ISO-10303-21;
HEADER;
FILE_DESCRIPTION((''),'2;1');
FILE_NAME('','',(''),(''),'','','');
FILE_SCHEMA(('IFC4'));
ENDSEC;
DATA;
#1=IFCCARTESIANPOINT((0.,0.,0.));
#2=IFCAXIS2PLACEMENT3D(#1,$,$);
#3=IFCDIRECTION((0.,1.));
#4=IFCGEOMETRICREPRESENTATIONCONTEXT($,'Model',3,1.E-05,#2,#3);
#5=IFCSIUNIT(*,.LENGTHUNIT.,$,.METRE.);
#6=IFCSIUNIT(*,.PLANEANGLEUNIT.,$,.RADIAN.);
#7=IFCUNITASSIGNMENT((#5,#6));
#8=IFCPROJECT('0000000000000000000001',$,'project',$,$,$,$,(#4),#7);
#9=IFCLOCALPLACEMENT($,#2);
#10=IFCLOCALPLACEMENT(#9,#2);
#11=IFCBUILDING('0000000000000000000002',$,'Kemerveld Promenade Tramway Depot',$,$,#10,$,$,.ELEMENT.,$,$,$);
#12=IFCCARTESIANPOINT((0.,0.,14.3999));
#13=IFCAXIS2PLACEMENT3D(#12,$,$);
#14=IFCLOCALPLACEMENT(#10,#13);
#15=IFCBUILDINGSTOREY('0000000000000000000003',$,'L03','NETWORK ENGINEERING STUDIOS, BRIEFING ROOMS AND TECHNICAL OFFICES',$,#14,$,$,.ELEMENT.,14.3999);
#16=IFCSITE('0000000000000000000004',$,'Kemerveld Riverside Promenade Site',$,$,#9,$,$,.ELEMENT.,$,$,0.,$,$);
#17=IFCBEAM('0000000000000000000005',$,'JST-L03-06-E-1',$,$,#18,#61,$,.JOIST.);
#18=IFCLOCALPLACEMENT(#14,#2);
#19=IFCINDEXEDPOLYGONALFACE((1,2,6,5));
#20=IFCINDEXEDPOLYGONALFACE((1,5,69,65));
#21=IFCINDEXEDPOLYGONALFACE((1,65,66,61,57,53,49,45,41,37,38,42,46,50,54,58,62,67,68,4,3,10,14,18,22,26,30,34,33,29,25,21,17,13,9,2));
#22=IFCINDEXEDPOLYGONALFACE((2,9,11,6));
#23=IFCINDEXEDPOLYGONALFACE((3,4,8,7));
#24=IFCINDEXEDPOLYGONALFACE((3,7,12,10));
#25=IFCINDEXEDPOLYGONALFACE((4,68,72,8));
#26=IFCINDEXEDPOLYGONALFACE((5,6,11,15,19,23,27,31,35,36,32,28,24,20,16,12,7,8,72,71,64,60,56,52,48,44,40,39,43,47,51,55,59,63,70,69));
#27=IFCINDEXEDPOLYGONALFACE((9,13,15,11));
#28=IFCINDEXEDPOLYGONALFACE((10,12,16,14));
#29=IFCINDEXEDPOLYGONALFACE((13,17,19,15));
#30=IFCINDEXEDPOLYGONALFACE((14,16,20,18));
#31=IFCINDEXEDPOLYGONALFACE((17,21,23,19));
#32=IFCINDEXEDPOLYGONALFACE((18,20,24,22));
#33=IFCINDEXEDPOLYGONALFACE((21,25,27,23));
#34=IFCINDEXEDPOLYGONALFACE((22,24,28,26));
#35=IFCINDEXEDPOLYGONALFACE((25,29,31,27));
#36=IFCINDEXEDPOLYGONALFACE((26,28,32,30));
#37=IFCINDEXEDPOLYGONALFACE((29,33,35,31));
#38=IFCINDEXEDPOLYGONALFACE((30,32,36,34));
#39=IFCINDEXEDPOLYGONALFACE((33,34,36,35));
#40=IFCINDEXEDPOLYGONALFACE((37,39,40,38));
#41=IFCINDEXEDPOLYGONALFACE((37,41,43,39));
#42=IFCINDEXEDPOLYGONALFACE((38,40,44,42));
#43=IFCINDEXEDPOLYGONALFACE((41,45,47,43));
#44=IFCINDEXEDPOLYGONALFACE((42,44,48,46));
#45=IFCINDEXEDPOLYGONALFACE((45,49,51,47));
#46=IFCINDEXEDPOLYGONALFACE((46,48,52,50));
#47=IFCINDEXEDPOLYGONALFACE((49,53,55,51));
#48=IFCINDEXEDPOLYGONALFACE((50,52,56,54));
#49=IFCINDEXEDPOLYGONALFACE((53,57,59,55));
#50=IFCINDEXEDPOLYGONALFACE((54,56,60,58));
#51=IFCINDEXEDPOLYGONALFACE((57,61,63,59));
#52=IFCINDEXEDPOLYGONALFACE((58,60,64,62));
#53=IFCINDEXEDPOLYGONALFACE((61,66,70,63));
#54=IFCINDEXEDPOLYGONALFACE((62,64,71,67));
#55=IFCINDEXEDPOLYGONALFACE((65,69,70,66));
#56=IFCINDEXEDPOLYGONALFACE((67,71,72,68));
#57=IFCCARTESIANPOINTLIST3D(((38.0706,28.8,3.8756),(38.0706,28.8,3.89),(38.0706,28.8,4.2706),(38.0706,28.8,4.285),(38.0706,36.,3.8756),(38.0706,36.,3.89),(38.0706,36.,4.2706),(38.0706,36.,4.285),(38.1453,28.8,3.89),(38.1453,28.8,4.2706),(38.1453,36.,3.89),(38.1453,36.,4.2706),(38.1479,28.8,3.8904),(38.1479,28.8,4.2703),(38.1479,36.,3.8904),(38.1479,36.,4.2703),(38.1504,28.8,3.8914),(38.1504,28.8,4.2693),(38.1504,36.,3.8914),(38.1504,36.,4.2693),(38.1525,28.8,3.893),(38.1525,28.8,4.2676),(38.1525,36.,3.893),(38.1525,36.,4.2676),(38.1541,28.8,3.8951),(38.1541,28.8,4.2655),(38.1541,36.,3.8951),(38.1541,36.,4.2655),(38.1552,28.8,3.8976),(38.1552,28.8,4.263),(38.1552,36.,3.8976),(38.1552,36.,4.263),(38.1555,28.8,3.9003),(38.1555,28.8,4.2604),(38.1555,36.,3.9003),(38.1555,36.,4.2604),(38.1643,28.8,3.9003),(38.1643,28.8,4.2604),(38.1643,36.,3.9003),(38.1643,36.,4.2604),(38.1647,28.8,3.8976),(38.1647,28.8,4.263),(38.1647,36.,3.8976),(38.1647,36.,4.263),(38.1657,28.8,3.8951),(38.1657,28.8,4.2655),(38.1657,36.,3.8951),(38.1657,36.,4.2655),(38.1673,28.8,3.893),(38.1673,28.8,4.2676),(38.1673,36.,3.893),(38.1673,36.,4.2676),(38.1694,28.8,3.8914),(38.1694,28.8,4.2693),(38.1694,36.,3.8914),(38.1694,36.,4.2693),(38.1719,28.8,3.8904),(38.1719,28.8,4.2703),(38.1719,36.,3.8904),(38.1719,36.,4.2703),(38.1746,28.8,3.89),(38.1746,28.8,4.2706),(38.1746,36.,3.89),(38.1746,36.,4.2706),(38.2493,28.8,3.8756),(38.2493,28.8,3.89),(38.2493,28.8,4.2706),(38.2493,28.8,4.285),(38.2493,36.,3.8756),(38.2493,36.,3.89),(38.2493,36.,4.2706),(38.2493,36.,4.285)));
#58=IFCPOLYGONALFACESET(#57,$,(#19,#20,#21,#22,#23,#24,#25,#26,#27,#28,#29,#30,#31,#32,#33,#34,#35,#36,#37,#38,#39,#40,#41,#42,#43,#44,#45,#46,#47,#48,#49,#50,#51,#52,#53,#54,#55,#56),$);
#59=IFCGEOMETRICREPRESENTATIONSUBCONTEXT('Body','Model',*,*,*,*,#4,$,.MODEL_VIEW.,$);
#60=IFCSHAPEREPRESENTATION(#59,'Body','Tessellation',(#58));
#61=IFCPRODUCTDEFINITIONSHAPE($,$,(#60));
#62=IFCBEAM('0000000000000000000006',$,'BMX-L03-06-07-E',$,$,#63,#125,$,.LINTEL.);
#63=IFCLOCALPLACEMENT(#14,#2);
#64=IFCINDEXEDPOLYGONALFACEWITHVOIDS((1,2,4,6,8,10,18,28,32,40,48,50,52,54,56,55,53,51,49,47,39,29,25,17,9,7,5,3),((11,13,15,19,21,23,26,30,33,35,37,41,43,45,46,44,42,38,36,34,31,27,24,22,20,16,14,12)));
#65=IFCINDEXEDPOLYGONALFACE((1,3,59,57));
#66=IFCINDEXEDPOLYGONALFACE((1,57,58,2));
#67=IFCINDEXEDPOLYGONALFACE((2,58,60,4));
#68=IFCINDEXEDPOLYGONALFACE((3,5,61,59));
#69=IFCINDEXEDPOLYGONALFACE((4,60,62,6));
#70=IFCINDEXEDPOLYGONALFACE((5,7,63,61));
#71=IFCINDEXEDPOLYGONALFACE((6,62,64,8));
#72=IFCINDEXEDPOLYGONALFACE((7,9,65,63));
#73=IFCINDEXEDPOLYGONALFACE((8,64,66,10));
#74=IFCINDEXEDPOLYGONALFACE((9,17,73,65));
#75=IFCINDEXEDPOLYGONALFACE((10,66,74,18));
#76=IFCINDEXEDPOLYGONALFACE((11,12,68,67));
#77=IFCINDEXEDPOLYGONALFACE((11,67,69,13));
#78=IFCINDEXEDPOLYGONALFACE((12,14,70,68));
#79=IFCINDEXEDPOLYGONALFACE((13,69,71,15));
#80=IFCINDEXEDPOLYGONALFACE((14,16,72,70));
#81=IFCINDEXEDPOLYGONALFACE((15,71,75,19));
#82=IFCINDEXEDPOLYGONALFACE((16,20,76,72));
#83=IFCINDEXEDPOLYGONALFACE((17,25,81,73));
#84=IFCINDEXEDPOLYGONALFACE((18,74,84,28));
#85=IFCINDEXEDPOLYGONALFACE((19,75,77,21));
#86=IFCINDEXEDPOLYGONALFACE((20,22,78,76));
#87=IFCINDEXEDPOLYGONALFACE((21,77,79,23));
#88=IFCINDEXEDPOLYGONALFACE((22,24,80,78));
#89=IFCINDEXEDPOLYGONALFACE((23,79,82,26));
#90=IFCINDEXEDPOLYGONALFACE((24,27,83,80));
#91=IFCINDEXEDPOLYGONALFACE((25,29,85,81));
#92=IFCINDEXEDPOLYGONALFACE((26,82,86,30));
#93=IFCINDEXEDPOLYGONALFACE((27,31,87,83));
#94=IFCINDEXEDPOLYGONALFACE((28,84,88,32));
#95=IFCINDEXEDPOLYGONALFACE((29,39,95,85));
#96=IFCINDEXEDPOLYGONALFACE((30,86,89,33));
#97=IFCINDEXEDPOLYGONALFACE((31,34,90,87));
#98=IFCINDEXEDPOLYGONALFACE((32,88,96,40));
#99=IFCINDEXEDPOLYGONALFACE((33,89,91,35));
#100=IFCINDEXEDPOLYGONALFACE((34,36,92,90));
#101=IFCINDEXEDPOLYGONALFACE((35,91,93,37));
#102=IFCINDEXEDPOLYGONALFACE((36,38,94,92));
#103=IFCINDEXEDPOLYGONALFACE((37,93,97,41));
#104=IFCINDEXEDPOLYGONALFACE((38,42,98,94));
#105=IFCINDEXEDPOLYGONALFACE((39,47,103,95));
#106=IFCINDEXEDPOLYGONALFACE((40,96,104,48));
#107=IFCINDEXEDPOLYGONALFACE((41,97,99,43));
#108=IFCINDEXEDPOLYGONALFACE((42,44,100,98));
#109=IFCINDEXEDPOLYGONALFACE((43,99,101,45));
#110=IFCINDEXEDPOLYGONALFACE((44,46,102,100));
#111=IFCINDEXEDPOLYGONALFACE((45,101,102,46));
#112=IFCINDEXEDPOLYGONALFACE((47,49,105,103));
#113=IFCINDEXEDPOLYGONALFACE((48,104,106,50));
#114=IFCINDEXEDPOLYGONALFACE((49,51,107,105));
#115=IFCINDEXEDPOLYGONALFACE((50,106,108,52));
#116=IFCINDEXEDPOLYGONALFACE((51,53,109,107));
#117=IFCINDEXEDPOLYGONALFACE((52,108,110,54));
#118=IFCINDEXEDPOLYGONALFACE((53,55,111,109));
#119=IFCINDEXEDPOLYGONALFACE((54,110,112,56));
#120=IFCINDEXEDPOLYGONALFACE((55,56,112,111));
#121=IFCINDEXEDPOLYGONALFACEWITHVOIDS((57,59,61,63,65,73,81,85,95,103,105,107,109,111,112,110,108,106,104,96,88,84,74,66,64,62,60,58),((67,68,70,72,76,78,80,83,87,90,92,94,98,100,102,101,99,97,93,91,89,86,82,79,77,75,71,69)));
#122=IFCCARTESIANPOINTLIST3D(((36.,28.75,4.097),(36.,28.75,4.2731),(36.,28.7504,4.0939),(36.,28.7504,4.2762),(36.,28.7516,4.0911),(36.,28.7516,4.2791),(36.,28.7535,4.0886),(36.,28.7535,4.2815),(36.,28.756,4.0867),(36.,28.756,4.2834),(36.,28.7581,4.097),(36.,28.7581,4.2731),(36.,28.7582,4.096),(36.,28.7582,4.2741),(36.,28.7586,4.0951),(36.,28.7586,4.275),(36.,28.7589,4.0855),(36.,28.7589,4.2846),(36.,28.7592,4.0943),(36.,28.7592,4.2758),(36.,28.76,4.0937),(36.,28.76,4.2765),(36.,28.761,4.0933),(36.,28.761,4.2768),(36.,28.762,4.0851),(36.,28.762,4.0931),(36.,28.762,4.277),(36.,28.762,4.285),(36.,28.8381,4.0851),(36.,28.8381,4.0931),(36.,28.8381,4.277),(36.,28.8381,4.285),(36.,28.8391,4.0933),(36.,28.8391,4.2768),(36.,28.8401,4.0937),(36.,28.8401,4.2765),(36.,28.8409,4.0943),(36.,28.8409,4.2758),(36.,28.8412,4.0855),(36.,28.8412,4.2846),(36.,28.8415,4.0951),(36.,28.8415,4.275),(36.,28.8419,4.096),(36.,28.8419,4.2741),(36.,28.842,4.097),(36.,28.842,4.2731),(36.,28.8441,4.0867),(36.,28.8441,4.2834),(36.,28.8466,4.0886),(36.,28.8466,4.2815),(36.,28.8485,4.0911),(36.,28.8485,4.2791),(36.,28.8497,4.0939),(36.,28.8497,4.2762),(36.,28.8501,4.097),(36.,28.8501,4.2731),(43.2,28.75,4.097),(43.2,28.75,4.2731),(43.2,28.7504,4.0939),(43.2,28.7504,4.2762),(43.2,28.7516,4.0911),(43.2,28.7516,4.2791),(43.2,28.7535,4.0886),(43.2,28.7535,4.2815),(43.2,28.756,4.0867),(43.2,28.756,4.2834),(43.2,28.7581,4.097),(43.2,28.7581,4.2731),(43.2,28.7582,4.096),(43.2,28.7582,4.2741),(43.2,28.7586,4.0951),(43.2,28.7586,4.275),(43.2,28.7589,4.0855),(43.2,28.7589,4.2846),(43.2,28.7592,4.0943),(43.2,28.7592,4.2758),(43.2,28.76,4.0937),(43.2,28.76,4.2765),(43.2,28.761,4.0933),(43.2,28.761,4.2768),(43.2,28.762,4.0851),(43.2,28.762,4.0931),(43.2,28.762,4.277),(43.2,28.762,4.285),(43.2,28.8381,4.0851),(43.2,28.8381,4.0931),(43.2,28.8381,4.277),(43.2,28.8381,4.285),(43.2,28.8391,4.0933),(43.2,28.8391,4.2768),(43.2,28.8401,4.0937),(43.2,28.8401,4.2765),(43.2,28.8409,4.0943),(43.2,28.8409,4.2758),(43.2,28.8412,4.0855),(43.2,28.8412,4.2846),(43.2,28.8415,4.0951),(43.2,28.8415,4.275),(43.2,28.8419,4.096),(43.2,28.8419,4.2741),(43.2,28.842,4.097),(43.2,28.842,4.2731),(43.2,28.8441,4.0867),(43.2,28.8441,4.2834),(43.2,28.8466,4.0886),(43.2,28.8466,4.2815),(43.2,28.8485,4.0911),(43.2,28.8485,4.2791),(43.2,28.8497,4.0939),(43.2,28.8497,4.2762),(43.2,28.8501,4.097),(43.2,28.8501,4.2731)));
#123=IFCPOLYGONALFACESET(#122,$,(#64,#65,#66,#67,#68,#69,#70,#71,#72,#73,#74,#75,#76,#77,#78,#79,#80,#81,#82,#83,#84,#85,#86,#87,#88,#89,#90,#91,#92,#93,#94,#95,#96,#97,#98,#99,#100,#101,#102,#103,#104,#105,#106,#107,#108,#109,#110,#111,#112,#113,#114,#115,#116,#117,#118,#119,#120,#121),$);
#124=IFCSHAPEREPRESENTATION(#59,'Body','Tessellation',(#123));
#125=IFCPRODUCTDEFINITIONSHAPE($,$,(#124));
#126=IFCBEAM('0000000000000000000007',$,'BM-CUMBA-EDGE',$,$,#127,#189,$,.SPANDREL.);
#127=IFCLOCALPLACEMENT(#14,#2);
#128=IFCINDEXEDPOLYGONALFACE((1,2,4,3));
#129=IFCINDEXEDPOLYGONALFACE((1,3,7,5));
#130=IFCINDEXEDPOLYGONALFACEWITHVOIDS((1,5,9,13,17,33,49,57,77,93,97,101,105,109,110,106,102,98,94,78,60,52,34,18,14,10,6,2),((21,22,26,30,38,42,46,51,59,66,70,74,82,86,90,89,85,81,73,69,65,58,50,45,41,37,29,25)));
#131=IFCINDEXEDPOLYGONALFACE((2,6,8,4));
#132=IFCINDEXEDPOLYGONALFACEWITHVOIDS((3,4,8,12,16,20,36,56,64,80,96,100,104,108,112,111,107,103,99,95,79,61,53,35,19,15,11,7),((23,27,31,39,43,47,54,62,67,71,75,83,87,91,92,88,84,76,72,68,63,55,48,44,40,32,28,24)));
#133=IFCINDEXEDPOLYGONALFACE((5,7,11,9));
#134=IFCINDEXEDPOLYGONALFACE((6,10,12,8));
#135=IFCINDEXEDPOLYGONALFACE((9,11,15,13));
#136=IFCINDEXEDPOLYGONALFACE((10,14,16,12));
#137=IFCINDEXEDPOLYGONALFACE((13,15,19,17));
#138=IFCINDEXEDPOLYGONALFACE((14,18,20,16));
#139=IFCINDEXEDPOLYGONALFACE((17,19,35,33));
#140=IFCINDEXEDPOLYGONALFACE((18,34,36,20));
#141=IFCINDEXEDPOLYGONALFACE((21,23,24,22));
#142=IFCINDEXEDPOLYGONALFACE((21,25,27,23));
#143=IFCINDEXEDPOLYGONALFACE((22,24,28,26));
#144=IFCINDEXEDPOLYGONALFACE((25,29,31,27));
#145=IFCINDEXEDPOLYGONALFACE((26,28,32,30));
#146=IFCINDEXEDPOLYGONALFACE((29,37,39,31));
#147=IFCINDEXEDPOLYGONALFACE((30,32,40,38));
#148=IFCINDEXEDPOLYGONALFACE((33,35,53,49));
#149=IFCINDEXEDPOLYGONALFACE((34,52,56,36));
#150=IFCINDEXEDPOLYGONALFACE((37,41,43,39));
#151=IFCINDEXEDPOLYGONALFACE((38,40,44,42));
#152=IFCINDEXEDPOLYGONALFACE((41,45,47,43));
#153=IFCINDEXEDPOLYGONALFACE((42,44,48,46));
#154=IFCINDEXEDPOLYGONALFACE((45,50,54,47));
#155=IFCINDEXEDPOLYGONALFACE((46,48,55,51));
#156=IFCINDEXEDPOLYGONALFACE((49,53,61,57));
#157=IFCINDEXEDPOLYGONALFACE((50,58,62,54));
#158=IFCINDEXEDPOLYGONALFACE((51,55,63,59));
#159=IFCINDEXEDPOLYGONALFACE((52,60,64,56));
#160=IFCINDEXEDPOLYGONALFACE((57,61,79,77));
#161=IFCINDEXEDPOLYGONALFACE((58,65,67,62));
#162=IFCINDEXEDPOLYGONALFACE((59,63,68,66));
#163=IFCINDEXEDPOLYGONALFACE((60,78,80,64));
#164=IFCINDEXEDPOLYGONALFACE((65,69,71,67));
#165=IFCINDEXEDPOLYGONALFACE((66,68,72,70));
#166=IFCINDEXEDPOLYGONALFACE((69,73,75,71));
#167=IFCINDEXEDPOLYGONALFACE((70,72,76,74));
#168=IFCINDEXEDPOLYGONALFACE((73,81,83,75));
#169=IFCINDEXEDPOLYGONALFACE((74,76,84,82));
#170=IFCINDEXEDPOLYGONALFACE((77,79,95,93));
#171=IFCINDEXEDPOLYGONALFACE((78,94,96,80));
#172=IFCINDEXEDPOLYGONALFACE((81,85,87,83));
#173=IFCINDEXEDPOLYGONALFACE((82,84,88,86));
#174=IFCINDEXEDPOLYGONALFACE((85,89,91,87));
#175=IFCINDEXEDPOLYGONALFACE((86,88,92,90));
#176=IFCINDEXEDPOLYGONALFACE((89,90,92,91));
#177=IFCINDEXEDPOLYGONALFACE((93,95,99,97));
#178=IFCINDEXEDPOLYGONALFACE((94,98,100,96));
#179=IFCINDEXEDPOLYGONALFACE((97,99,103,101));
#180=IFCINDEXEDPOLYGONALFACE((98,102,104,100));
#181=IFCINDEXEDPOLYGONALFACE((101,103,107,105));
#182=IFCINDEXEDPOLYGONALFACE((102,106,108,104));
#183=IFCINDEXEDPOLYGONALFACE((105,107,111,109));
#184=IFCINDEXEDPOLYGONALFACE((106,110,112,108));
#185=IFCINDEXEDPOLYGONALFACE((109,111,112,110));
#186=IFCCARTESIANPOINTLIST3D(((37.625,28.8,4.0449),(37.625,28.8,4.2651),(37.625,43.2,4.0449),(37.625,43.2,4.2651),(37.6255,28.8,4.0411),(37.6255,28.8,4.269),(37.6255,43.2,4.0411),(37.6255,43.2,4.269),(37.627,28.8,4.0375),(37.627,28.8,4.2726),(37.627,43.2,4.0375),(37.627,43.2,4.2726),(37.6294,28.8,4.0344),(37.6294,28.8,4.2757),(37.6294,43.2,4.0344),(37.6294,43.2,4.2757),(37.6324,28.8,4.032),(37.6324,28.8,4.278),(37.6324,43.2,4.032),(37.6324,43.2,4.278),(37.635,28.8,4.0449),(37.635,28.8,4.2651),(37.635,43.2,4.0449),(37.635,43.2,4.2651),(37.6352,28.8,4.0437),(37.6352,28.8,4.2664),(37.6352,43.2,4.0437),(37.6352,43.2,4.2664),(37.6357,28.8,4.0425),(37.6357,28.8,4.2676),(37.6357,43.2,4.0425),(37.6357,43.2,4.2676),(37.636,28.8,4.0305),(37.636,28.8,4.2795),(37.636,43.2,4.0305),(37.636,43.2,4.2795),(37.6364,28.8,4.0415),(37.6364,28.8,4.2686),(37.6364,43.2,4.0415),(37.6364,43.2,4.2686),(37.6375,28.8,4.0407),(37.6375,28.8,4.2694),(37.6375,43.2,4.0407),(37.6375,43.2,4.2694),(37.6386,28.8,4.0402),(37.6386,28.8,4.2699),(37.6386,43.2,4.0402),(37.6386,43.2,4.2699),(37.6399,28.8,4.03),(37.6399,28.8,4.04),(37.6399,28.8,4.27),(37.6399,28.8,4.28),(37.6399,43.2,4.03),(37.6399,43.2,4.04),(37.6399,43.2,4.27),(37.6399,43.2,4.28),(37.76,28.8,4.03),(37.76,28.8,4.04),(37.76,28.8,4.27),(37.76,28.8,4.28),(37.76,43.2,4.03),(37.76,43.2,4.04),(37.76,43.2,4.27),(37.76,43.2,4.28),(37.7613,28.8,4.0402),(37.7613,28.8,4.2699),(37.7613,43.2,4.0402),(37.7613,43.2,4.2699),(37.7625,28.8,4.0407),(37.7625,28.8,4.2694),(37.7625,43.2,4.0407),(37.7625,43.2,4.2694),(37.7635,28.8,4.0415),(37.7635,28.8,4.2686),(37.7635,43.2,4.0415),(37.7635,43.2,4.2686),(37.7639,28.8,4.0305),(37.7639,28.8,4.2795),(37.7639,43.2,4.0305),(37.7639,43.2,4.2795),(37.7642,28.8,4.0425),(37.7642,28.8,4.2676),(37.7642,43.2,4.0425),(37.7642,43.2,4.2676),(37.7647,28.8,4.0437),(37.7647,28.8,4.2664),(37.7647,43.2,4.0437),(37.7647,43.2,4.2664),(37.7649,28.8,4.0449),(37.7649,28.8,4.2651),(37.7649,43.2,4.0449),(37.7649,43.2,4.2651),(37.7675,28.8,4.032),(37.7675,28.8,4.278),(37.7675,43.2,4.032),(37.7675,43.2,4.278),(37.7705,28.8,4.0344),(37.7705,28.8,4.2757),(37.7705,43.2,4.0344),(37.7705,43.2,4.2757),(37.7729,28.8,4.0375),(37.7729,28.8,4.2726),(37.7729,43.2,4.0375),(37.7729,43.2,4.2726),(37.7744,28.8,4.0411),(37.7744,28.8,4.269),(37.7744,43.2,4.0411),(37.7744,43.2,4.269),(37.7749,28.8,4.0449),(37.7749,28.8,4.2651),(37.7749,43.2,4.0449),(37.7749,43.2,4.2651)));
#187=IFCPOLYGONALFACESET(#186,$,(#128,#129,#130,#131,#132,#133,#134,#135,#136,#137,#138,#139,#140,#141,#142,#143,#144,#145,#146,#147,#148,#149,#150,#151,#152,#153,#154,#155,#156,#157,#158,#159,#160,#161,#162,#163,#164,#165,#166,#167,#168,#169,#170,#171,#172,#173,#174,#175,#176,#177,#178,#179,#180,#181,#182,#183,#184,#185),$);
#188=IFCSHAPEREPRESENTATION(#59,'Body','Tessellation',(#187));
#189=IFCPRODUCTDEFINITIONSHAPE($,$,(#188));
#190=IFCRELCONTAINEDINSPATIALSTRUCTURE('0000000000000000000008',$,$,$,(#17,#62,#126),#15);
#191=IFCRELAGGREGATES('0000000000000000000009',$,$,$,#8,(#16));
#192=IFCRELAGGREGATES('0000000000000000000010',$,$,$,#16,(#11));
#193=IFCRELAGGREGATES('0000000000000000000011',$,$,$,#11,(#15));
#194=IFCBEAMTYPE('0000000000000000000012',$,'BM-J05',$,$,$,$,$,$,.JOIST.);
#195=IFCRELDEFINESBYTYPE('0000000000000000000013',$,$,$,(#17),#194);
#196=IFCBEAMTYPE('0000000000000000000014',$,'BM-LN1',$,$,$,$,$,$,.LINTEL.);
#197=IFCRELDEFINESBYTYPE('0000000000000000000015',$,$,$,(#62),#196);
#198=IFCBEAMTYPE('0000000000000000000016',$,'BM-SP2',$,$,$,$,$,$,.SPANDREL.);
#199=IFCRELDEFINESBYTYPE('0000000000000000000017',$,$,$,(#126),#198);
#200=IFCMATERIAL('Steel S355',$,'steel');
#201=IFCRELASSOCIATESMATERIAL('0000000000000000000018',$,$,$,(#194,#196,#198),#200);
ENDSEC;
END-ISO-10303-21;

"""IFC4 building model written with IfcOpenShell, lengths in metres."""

from ifc_helpers import new_model, si_unit, direction, frame, origin, origin_2d, place, context, subcontext, project, spatial, hollow_rectangle, i_section, extrude, material, material_profile, profile_set, type_object, element, save


model = new_model("IFC4")

# Units and contexts
model_context = context("Model", 3, precision=1e-05, world=origin(), true_north=direction((0.0, 1.0)))
body_context = subcontext(model_context, "Body", "Model", "MODEL_VIEW")
ifc_project = project(units=[si_unit("LENGTHUNIT", "METRE"), si_unit("PLANEANGLEUNIT", "RADIAN")], contexts=[model_context])

# Site, building, storey
site_placement = place(None, origin())
site = spatial("IfcSite", under=ifc_project, at=site_placement, Name="Kemerveld Riverside Promenade Site", CompositionType="ELEMENT", RefElevation=0.0)
building_placement = place(site_placement, origin())
building = spatial("IfcBuilding", under=site, at=building_placement, Name="Kemerveld Promenade Tramway Depot", CompositionType="ELEMENT")
storey_placement = place(building_placement, frame((0.0, 0.0, 14.3999)))
storey = spatial("IfcBuildingStorey", under=building, at=storey_placement, Name="L03", Description="NETWORK ENGINEERING STUDIOS, BRIEFING ROOMS AND TECHNICAL OFFICES", CompositionType="ELEMENT", Elevation=14.3999)

# Shared definitions
ifc_material = material(Name="Steel S355", Category="steel")

# Beams
ifc_material_profile_1 = material_profile(ifc_material, i_section(OverallWidth=0.1787, OverallDepth=0.4094, WebThickness=0.0088, FlangeThickness=0.0144, FilletRadius=0.0103, at=origin_2d()), Name="406x178x67 UB")
ifc_profile_set_1 = profile_set([ifc_material_profile_1], Name="Steel S355")
beam_type_1 = type_object("IfcBeamType", Name="BM-J05", PredefinedType="JOIST", material=ifc_profile_set_1)
beam_1_placement = place(storey_placement, frame((38.1599, 28.8, 4.0803), z_axis=(0.0, 1.0, 0.0), x_axis=(-1.0, 0.0, 0.0)))
element("IfcBeam", 1, at=beam_1_placement, inside=storey, type_object=beam_type_1, Name="JST-L03-06-E-1", PredefinedType="JOIST", context=body_context, shape_type="SweptSolid", body=[
    extrude(i_section(OverallWidth=0.1787, OverallDepth=0.4094, WebThickness=0.0088, FlangeThickness=0.0144, FilletRadius=0.0103, at=origin_2d()), origin(), (0.0, 0.0, 1.0), 7.2),
])
ifc_material_profile_2 = material_profile(ifc_material, hollow_rectangle(XDim=0.1001, YDim=0.2, WallThickness=0.0081, InnerFilletRadius=0.0039, OuterFilletRadius=0.012, at=origin_2d()), Name="200x100x8.0 RHS")
ifc_profile_set_2 = profile_set([ifc_material_profile_2], Name="Steel S355")
beam_type_2 = type_object("IfcBeamType", Name="BM-LN1", PredefinedType="LINTEL", material=ifc_profile_set_2)
beam_2_placement = place(storey_placement, frame((36.0, 28.8, 4.1851), z_axis=(1.0, 0.0, 0.0), x_axis=(0.0, 1.0, 0.0)))
element("IfcBeam", 2, at=beam_2_placement, inside=storey, type_object=beam_type_2, Name="BMX-L03-06-07-E", PredefinedType="LINTEL", context=body_context, shape_type="SweptSolid", body=[
    extrude(hollow_rectangle(XDim=0.1001, YDim=0.2, WallThickness=0.0081, InnerFilletRadius=0.0039, OuterFilletRadius=0.012, at=origin_2d()), origin(), (0.0, 0.0, 1.0), 7.2),
])
ifc_material_profile_3 = material_profile(ifc_material, hollow_rectangle(XDim=0.1499, YDim=0.25, WallThickness=0.01, InnerFilletRadius=0.0049, OuterFilletRadius=0.0149, at=origin_2d()), Name="250x150x10.0 RHS")
ifc_profile_set_3 = profile_set([ifc_material_profile_3], Name="Steel S355")
beam_type_3 = type_object("IfcBeamType", Name="BM-SP2", PredefinedType="SPANDREL", material=ifc_profile_set_3)
beam_3_placement = place(storey_placement, frame((37.7, 28.8, 4.155), z_axis=(0.0, 1.0, 0.0), x_axis=(-1.0, 0.0, 0.0)))
element("IfcBeam", 3, at=beam_3_placement, inside=storey, type_object=beam_type_3, Name="BM-CUMBA-EDGE", PredefinedType="SPANDREL", context=body_context, shape_type="SweptSolid", body=[
    extrude(hollow_rectangle(XDim=0.1499, YDim=0.25, WallThickness=0.01, InnerFilletRadius=0.0049, OuterFilletRadius=0.0149, at=origin_2d()), origin(), (0.0, 0.0, 1.0), 14.3999),
])

save(model, "model.ifc")
